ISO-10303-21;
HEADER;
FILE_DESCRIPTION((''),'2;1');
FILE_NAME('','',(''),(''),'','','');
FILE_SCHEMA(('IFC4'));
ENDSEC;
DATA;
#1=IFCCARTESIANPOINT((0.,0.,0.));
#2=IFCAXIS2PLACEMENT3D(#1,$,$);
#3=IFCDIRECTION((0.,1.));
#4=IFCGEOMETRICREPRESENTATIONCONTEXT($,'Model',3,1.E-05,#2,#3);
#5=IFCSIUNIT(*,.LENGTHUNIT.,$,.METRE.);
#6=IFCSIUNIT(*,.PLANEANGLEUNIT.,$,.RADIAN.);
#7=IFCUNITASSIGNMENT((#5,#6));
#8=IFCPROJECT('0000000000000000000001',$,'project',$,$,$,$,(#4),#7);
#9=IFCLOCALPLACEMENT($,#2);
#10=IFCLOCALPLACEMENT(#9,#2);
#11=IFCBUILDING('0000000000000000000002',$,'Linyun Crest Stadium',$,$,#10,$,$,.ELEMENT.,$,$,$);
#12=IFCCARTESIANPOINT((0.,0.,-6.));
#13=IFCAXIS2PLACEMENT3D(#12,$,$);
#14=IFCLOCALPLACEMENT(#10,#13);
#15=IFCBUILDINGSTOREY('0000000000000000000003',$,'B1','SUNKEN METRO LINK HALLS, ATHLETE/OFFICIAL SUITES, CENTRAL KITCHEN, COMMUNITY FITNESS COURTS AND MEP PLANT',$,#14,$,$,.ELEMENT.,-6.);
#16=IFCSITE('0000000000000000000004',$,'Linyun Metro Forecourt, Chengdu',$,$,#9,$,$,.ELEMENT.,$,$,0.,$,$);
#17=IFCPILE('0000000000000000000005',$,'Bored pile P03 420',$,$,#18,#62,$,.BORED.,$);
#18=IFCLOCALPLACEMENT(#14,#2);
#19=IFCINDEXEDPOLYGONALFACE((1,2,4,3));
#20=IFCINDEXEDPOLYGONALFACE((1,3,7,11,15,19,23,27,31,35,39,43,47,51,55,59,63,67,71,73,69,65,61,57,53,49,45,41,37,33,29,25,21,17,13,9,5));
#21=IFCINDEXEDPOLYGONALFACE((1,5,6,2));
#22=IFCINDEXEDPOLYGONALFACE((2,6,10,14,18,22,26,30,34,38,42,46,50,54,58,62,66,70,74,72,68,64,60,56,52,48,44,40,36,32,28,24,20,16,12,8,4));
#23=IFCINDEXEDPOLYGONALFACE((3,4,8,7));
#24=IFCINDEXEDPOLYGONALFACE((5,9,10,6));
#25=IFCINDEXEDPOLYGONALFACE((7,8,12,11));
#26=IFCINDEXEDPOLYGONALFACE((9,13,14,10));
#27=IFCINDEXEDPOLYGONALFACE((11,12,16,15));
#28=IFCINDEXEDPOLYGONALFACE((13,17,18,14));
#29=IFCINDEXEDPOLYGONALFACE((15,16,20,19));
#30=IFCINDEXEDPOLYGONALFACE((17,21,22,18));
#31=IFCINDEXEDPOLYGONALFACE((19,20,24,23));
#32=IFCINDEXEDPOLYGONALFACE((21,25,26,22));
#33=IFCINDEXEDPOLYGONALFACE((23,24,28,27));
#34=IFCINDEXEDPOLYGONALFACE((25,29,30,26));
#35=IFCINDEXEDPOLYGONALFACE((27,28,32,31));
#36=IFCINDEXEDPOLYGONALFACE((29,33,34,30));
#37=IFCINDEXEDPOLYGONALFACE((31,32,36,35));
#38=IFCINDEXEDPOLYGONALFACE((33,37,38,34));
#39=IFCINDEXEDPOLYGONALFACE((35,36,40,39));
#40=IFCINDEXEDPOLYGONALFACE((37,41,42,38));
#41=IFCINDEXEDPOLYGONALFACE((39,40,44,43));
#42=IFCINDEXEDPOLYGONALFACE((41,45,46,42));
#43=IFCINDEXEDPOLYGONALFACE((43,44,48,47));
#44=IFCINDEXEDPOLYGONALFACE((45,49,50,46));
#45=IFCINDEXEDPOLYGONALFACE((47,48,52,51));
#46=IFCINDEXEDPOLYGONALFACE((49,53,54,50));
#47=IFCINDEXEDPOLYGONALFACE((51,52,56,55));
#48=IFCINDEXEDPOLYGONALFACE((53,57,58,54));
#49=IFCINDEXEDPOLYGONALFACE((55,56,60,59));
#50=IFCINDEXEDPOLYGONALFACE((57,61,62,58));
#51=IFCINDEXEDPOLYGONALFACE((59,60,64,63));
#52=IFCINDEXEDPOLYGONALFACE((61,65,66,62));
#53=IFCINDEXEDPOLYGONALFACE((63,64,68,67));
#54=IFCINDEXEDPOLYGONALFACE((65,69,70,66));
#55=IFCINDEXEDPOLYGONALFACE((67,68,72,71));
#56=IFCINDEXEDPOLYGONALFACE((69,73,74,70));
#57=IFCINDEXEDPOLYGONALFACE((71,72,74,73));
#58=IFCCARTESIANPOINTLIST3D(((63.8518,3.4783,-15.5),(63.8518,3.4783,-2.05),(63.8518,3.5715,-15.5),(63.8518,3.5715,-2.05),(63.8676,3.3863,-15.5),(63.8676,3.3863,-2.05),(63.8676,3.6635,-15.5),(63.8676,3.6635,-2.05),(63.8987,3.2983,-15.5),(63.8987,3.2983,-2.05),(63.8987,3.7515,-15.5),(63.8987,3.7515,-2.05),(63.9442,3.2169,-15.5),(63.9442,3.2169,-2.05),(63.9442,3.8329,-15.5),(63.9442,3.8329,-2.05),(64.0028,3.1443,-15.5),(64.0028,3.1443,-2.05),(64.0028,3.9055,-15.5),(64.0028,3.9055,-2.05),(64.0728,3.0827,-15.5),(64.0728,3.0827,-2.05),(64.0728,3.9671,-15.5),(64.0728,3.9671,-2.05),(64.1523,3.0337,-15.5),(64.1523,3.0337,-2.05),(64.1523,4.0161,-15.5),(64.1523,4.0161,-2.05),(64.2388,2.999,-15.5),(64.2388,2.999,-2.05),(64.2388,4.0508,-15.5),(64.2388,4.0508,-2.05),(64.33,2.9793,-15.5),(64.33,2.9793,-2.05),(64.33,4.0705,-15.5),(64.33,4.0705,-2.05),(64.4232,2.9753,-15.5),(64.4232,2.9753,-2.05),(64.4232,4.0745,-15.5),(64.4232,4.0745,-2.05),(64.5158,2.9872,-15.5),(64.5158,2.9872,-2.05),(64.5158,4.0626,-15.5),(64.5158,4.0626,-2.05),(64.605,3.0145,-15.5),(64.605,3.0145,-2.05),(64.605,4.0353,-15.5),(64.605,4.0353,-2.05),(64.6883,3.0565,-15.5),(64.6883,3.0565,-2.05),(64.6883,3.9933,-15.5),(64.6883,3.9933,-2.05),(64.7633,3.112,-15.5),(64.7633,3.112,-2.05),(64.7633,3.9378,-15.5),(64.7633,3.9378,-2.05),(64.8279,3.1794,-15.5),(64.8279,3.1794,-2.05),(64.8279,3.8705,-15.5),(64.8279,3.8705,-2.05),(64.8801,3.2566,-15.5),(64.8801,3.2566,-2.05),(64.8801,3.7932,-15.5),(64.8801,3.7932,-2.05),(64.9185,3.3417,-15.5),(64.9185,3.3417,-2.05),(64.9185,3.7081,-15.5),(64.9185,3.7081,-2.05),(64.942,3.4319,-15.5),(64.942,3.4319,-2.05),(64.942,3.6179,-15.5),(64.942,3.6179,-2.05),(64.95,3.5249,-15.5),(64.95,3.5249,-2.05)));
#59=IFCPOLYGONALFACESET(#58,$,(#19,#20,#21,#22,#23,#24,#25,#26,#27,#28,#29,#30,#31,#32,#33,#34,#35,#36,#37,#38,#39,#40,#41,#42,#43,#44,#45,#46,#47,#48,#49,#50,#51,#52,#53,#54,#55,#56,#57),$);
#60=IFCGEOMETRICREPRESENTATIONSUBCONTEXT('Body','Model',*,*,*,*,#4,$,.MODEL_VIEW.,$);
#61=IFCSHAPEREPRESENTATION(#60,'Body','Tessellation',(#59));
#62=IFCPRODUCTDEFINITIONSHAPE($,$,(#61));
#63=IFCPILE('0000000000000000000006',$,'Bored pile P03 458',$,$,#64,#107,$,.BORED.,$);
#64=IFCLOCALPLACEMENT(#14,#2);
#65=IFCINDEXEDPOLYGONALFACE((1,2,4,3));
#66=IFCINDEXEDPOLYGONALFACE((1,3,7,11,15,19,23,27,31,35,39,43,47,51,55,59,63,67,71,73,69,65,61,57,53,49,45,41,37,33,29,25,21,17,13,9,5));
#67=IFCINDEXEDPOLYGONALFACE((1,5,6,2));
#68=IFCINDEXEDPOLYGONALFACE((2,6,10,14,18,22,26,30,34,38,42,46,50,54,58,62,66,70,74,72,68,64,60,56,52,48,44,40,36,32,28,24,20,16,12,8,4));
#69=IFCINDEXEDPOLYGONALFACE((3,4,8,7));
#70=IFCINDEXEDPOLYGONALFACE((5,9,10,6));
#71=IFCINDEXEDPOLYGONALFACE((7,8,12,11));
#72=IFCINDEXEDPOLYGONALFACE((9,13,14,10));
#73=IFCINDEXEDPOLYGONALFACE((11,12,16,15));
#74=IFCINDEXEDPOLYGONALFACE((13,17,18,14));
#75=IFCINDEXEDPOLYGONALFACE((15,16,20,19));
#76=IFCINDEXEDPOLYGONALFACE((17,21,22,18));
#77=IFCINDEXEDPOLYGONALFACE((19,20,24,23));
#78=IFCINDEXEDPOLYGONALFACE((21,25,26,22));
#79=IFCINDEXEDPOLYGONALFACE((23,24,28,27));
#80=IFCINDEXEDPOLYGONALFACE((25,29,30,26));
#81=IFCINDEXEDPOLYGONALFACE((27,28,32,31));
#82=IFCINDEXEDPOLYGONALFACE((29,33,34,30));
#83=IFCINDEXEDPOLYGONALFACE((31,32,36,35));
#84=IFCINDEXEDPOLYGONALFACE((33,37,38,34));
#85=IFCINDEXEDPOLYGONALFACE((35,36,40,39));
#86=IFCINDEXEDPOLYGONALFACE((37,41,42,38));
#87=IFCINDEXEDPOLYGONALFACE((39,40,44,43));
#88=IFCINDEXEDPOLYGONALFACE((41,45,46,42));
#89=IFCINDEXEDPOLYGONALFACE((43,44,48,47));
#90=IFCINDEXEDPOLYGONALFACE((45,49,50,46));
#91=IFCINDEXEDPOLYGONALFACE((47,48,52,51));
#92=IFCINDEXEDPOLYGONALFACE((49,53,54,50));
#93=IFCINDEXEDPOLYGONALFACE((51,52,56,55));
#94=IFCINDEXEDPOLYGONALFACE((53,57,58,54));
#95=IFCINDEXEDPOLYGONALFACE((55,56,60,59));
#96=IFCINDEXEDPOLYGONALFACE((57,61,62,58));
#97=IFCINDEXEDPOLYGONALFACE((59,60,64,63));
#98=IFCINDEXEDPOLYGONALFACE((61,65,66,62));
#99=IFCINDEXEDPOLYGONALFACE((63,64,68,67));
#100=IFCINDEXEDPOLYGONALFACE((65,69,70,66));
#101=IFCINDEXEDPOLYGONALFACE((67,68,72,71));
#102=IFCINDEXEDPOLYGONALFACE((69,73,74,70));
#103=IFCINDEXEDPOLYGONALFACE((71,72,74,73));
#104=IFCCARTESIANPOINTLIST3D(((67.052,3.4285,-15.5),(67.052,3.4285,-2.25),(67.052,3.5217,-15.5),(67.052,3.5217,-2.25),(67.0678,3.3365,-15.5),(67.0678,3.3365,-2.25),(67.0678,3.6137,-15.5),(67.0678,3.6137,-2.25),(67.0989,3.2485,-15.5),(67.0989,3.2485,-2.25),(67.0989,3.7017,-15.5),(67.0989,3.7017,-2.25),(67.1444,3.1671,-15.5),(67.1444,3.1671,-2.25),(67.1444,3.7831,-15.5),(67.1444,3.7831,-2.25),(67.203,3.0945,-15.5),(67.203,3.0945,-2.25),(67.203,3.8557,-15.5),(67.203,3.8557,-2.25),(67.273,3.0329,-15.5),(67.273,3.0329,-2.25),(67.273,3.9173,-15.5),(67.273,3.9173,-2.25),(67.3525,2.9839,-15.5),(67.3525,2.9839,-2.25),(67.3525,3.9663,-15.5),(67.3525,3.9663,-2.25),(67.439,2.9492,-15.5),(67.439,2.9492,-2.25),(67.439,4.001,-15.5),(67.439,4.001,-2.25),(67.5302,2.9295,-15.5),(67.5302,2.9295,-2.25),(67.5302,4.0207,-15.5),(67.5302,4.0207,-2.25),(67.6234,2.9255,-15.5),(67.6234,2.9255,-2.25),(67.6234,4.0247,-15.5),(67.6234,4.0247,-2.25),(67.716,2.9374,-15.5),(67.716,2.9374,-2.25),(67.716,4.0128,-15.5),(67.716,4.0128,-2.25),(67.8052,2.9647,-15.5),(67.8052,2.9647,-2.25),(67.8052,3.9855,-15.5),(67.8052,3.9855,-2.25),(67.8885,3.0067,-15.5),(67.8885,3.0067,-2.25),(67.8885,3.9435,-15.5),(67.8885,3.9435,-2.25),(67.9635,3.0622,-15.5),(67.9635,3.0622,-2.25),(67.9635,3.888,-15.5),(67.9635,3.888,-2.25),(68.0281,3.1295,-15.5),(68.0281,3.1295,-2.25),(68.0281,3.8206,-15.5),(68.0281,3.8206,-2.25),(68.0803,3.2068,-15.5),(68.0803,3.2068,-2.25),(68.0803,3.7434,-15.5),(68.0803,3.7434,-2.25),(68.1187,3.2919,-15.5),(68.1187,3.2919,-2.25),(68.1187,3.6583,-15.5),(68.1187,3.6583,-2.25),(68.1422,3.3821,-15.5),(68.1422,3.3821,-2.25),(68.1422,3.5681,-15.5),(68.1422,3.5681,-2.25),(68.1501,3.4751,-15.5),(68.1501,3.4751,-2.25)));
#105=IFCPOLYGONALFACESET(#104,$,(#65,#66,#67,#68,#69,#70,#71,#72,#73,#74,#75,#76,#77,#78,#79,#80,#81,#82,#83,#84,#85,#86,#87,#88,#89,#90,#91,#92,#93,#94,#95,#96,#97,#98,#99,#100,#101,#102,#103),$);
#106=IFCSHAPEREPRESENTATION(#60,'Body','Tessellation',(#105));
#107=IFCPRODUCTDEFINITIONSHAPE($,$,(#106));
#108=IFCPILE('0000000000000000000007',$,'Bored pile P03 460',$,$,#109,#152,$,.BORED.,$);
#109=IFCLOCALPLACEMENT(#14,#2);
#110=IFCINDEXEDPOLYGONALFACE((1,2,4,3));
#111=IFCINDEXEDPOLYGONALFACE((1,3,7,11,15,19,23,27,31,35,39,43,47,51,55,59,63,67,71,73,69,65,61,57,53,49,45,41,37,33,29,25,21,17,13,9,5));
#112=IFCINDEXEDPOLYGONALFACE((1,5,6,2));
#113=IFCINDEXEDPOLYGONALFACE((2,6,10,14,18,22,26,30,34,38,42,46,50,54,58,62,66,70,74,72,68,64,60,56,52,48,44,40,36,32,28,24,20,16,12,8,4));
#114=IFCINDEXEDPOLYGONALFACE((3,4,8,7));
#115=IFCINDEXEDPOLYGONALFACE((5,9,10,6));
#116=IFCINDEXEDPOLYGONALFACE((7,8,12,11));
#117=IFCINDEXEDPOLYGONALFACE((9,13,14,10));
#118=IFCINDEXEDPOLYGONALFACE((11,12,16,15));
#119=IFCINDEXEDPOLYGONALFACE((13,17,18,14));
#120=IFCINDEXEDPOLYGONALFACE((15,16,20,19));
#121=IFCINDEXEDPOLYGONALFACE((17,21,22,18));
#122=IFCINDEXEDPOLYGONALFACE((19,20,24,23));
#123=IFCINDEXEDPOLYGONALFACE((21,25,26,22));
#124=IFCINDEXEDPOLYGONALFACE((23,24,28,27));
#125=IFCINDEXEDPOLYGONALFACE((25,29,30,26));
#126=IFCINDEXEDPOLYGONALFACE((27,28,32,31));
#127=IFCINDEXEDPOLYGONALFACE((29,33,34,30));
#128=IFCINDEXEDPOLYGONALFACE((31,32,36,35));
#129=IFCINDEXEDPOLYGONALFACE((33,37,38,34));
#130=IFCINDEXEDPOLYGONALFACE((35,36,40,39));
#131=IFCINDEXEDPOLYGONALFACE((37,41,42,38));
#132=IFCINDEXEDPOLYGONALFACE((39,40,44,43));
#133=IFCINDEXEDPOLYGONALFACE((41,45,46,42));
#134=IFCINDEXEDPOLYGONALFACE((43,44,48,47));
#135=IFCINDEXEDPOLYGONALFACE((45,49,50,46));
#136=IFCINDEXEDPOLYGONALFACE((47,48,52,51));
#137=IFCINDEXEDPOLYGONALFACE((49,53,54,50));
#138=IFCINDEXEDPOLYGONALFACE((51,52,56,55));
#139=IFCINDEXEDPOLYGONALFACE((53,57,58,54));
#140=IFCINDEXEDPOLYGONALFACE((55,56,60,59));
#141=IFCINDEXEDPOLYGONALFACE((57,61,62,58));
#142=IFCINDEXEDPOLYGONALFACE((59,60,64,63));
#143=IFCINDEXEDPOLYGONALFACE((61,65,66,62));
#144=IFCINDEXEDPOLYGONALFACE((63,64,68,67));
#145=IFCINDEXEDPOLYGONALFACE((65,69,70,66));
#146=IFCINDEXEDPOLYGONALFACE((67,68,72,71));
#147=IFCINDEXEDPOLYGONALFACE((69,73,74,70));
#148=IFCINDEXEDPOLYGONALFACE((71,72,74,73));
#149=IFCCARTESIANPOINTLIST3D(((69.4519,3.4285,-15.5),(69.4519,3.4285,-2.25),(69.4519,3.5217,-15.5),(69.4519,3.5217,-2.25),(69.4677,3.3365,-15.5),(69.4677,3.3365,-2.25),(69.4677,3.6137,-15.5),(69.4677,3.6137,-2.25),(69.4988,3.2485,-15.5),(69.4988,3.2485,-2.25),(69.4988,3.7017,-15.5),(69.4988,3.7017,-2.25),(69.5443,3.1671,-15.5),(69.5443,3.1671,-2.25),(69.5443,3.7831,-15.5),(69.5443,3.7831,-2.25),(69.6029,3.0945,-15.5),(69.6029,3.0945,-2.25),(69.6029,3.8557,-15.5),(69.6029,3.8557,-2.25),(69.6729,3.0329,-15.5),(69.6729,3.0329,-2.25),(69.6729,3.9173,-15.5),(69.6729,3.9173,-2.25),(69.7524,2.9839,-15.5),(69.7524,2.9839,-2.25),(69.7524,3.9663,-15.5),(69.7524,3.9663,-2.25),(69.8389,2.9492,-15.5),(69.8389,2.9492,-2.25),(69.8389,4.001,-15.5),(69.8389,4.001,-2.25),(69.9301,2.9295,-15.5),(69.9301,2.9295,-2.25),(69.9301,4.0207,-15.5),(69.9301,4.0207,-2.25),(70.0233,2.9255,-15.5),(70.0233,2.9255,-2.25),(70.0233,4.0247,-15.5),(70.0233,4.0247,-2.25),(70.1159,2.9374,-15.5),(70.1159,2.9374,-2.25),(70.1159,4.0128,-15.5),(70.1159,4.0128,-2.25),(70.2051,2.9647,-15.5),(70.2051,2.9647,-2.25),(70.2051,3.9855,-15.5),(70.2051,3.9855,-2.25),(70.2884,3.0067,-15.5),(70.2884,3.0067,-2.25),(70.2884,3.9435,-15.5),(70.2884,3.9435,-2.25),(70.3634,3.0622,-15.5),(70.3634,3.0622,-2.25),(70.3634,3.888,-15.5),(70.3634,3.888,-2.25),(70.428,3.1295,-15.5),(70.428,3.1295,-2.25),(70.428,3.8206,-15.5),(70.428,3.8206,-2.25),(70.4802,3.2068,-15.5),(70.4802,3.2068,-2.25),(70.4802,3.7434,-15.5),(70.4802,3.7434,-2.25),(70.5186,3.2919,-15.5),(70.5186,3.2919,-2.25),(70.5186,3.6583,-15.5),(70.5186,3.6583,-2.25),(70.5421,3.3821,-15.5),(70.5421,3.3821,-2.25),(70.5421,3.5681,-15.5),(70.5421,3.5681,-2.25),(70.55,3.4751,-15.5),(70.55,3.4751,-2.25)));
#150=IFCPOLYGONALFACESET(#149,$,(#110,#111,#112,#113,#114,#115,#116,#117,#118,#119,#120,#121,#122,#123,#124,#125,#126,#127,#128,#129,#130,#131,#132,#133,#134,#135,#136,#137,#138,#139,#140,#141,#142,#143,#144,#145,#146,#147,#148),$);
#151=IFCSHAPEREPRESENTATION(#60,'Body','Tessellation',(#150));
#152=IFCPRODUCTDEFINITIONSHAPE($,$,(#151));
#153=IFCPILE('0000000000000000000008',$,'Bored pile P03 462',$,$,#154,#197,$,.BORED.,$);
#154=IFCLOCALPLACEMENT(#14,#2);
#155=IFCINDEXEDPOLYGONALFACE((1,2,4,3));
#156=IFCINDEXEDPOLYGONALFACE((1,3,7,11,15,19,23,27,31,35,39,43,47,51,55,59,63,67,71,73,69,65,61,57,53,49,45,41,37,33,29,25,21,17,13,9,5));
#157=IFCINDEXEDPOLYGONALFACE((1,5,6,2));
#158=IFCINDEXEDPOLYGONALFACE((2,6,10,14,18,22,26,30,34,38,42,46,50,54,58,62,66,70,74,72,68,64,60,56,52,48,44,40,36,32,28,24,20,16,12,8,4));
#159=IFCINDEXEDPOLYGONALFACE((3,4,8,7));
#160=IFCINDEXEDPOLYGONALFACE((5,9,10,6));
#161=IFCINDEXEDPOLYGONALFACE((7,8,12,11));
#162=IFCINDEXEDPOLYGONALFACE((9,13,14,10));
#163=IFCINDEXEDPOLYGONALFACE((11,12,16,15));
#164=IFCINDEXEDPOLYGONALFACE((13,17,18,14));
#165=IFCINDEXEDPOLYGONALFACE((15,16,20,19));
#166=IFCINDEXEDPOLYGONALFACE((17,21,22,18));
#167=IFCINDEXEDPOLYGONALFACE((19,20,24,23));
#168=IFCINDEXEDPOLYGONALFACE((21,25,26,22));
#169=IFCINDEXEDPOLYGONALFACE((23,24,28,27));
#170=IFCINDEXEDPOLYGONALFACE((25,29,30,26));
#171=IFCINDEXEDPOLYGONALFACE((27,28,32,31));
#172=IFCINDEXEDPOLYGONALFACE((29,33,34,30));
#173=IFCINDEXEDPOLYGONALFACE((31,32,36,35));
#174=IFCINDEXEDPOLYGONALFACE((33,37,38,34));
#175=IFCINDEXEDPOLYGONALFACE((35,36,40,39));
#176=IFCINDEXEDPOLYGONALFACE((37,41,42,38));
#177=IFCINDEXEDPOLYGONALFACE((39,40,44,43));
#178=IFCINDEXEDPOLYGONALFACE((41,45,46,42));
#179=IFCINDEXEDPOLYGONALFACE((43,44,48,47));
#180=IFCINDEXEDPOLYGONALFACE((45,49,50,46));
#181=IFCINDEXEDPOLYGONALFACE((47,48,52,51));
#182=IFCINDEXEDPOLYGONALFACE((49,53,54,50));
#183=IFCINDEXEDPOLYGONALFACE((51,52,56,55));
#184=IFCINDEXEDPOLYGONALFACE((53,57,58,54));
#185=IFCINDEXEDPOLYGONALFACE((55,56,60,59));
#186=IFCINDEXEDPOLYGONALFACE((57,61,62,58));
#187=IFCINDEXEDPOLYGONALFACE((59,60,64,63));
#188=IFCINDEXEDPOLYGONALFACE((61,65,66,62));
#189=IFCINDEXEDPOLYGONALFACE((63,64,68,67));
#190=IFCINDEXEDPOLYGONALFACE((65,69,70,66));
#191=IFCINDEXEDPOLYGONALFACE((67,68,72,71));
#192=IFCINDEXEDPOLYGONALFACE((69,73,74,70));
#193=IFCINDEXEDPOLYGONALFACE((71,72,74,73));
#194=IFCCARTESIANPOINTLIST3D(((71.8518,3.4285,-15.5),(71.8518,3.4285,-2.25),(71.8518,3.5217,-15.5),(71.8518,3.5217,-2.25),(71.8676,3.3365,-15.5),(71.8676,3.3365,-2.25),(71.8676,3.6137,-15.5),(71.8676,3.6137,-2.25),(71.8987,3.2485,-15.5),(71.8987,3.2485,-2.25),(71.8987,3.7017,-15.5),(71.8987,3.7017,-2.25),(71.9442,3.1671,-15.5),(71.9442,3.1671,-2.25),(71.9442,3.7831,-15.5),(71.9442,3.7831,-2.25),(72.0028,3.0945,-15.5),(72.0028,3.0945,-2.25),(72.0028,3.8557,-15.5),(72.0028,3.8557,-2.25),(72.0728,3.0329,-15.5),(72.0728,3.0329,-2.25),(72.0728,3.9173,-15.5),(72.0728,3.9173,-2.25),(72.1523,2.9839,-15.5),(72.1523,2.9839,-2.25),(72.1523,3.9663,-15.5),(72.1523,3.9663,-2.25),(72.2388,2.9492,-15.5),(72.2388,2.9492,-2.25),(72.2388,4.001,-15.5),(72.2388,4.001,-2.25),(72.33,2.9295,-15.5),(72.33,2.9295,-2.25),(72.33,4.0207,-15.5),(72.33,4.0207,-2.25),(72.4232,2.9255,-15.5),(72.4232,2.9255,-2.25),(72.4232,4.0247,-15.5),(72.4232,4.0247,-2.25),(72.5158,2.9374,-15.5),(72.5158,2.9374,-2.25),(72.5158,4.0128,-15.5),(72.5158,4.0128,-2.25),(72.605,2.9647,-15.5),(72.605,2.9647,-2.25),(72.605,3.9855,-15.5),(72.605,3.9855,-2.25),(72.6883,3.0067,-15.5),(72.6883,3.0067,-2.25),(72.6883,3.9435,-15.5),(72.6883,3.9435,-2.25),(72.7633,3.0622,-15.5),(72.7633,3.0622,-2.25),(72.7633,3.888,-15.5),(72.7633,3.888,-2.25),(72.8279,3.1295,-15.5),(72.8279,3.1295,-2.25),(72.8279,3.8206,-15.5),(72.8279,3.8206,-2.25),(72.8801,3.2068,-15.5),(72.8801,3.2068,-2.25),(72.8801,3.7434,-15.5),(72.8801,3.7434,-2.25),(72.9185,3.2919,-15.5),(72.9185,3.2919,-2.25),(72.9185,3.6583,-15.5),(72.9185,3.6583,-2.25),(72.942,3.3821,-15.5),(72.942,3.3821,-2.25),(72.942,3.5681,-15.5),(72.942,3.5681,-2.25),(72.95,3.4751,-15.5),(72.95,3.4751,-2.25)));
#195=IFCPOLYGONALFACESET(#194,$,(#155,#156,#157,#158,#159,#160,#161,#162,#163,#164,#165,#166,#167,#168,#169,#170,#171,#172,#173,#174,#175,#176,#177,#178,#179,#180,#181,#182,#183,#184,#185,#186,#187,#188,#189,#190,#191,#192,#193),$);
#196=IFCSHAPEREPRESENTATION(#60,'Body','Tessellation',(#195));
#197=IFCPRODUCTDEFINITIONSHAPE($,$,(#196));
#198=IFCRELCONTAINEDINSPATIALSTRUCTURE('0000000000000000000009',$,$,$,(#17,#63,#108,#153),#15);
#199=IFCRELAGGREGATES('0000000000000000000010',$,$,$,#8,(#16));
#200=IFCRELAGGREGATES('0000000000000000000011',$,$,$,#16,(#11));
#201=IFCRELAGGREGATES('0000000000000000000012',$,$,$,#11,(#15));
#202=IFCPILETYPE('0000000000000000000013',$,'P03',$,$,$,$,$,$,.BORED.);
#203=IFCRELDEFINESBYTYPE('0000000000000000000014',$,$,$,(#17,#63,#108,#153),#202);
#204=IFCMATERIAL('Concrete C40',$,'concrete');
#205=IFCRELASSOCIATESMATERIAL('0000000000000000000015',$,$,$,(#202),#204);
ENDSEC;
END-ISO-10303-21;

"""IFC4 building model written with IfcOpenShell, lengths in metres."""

from ifc_helpers import new_model, si_unit, direction, frame, origin, origin_2d, place, context, subcontext, project, spatial, circle, extrude, material, material_profile, profile_set, type_object, element, save


model = new_model("IFC4")

# Units and contexts
model_context = context("Model", 3, precision=1e-05, world=origin(), true_north=direction((0.0, 1.0)))
body_context = subcontext(model_context, "Body", "Model", "MODEL_VIEW")
ifc_project = project(units=[si_unit("LENGTHUNIT", "METRE"), si_unit("PLANEANGLEUNIT", "RADIAN")], contexts=[model_context])

# Site, building, storey
site_placement = place(None, origin())
site = spatial("IfcSite", under=ifc_project, at=site_placement, Name="Linyun Metro Forecourt, Chengdu", CompositionType="ELEMENT", RefElevation=0.0)
building_placement = place(site_placement, origin())
building = spatial("IfcBuilding", under=site, at=building_placement, Name="Linyun Crest Stadium", CompositionType="ELEMENT")
storey_placement = place(building_placement, frame((0.0, 0.0, -6.0)))
storey = spatial("IfcBuildingStorey", under=building, at=storey_placement, Name="B1", Description="SUNKEN METRO LINK HALLS, ATHLETE/OFFICIAL SUITES, CENTRAL KITCHEN, COMMUNITY FITNESS COURTS AND MEP PLANT", CompositionType="ELEMENT", Elevation=-6.0)

# Piles
ifc_material_1 = material(Name="Concrete C40", Category="concrete")
ifc_material_profile_1 = material_profile(ifc_material_1, circle(Radius=0.55, at=origin_2d()), Name="BORED PILE 1100")
ifc_profile_set_1 = profile_set([ifc_material_profile_1], Name="Concrete C40")
pile_type = type_object("IfcPileType", Name="P03", PredefinedType="BORED", material=ifc_profile_set_1)
pile_placement = place(storey_placement, frame((64.3999, 3.5249, -2.05), z_axis=(0.0, 0.0, -1.0), x_axis=(1.0, 0.0, 0.0)))
element("IfcPile", 1, at=pile_placement, inside=storey, type_object=pile_type, Name="Bored pile P03 420", PredefinedType="BORED", context=body_context, shape_type="SweptSolid", body=[
    extrude(circle(Radius=0.55, at=origin_2d()), origin(), (0.0, 0.0, 1.0), 13.45),
])
for number, where, z_axis, x_axis, name in (
    (2, (67.6001, 3.4751, -2.25), (0.0, 0.0, -1.0), (1.0, 0.0, 0.0), "Bored pile P03 458"),
    (3, (70.0, 3.4751, -2.25), (0.0, 0.0, -1.0), (1.0, 0.0, 0.0), "Bored pile P03 460"),
    (4, (72.3999, 3.4751, -2.25), (0.0, 0.0, -1.0), (1.0, 0.0, 0.0), "Bored pile P03 462"),
):
    element("IfcPile", number, at=place(storey_placement, frame(where, z_axis=z_axis, x_axis=x_axis)), inside=storey, type_object=pile_type, Name=name, PredefinedType="BORED", context=body_context, shape_type="SweptSolid", body=[
        extrude(circle(Radius=0.55, at=origin_2d()), origin(), (0.0, 0.0, 1.0), 13.25),
    ])

save(model, "model.ifc")
